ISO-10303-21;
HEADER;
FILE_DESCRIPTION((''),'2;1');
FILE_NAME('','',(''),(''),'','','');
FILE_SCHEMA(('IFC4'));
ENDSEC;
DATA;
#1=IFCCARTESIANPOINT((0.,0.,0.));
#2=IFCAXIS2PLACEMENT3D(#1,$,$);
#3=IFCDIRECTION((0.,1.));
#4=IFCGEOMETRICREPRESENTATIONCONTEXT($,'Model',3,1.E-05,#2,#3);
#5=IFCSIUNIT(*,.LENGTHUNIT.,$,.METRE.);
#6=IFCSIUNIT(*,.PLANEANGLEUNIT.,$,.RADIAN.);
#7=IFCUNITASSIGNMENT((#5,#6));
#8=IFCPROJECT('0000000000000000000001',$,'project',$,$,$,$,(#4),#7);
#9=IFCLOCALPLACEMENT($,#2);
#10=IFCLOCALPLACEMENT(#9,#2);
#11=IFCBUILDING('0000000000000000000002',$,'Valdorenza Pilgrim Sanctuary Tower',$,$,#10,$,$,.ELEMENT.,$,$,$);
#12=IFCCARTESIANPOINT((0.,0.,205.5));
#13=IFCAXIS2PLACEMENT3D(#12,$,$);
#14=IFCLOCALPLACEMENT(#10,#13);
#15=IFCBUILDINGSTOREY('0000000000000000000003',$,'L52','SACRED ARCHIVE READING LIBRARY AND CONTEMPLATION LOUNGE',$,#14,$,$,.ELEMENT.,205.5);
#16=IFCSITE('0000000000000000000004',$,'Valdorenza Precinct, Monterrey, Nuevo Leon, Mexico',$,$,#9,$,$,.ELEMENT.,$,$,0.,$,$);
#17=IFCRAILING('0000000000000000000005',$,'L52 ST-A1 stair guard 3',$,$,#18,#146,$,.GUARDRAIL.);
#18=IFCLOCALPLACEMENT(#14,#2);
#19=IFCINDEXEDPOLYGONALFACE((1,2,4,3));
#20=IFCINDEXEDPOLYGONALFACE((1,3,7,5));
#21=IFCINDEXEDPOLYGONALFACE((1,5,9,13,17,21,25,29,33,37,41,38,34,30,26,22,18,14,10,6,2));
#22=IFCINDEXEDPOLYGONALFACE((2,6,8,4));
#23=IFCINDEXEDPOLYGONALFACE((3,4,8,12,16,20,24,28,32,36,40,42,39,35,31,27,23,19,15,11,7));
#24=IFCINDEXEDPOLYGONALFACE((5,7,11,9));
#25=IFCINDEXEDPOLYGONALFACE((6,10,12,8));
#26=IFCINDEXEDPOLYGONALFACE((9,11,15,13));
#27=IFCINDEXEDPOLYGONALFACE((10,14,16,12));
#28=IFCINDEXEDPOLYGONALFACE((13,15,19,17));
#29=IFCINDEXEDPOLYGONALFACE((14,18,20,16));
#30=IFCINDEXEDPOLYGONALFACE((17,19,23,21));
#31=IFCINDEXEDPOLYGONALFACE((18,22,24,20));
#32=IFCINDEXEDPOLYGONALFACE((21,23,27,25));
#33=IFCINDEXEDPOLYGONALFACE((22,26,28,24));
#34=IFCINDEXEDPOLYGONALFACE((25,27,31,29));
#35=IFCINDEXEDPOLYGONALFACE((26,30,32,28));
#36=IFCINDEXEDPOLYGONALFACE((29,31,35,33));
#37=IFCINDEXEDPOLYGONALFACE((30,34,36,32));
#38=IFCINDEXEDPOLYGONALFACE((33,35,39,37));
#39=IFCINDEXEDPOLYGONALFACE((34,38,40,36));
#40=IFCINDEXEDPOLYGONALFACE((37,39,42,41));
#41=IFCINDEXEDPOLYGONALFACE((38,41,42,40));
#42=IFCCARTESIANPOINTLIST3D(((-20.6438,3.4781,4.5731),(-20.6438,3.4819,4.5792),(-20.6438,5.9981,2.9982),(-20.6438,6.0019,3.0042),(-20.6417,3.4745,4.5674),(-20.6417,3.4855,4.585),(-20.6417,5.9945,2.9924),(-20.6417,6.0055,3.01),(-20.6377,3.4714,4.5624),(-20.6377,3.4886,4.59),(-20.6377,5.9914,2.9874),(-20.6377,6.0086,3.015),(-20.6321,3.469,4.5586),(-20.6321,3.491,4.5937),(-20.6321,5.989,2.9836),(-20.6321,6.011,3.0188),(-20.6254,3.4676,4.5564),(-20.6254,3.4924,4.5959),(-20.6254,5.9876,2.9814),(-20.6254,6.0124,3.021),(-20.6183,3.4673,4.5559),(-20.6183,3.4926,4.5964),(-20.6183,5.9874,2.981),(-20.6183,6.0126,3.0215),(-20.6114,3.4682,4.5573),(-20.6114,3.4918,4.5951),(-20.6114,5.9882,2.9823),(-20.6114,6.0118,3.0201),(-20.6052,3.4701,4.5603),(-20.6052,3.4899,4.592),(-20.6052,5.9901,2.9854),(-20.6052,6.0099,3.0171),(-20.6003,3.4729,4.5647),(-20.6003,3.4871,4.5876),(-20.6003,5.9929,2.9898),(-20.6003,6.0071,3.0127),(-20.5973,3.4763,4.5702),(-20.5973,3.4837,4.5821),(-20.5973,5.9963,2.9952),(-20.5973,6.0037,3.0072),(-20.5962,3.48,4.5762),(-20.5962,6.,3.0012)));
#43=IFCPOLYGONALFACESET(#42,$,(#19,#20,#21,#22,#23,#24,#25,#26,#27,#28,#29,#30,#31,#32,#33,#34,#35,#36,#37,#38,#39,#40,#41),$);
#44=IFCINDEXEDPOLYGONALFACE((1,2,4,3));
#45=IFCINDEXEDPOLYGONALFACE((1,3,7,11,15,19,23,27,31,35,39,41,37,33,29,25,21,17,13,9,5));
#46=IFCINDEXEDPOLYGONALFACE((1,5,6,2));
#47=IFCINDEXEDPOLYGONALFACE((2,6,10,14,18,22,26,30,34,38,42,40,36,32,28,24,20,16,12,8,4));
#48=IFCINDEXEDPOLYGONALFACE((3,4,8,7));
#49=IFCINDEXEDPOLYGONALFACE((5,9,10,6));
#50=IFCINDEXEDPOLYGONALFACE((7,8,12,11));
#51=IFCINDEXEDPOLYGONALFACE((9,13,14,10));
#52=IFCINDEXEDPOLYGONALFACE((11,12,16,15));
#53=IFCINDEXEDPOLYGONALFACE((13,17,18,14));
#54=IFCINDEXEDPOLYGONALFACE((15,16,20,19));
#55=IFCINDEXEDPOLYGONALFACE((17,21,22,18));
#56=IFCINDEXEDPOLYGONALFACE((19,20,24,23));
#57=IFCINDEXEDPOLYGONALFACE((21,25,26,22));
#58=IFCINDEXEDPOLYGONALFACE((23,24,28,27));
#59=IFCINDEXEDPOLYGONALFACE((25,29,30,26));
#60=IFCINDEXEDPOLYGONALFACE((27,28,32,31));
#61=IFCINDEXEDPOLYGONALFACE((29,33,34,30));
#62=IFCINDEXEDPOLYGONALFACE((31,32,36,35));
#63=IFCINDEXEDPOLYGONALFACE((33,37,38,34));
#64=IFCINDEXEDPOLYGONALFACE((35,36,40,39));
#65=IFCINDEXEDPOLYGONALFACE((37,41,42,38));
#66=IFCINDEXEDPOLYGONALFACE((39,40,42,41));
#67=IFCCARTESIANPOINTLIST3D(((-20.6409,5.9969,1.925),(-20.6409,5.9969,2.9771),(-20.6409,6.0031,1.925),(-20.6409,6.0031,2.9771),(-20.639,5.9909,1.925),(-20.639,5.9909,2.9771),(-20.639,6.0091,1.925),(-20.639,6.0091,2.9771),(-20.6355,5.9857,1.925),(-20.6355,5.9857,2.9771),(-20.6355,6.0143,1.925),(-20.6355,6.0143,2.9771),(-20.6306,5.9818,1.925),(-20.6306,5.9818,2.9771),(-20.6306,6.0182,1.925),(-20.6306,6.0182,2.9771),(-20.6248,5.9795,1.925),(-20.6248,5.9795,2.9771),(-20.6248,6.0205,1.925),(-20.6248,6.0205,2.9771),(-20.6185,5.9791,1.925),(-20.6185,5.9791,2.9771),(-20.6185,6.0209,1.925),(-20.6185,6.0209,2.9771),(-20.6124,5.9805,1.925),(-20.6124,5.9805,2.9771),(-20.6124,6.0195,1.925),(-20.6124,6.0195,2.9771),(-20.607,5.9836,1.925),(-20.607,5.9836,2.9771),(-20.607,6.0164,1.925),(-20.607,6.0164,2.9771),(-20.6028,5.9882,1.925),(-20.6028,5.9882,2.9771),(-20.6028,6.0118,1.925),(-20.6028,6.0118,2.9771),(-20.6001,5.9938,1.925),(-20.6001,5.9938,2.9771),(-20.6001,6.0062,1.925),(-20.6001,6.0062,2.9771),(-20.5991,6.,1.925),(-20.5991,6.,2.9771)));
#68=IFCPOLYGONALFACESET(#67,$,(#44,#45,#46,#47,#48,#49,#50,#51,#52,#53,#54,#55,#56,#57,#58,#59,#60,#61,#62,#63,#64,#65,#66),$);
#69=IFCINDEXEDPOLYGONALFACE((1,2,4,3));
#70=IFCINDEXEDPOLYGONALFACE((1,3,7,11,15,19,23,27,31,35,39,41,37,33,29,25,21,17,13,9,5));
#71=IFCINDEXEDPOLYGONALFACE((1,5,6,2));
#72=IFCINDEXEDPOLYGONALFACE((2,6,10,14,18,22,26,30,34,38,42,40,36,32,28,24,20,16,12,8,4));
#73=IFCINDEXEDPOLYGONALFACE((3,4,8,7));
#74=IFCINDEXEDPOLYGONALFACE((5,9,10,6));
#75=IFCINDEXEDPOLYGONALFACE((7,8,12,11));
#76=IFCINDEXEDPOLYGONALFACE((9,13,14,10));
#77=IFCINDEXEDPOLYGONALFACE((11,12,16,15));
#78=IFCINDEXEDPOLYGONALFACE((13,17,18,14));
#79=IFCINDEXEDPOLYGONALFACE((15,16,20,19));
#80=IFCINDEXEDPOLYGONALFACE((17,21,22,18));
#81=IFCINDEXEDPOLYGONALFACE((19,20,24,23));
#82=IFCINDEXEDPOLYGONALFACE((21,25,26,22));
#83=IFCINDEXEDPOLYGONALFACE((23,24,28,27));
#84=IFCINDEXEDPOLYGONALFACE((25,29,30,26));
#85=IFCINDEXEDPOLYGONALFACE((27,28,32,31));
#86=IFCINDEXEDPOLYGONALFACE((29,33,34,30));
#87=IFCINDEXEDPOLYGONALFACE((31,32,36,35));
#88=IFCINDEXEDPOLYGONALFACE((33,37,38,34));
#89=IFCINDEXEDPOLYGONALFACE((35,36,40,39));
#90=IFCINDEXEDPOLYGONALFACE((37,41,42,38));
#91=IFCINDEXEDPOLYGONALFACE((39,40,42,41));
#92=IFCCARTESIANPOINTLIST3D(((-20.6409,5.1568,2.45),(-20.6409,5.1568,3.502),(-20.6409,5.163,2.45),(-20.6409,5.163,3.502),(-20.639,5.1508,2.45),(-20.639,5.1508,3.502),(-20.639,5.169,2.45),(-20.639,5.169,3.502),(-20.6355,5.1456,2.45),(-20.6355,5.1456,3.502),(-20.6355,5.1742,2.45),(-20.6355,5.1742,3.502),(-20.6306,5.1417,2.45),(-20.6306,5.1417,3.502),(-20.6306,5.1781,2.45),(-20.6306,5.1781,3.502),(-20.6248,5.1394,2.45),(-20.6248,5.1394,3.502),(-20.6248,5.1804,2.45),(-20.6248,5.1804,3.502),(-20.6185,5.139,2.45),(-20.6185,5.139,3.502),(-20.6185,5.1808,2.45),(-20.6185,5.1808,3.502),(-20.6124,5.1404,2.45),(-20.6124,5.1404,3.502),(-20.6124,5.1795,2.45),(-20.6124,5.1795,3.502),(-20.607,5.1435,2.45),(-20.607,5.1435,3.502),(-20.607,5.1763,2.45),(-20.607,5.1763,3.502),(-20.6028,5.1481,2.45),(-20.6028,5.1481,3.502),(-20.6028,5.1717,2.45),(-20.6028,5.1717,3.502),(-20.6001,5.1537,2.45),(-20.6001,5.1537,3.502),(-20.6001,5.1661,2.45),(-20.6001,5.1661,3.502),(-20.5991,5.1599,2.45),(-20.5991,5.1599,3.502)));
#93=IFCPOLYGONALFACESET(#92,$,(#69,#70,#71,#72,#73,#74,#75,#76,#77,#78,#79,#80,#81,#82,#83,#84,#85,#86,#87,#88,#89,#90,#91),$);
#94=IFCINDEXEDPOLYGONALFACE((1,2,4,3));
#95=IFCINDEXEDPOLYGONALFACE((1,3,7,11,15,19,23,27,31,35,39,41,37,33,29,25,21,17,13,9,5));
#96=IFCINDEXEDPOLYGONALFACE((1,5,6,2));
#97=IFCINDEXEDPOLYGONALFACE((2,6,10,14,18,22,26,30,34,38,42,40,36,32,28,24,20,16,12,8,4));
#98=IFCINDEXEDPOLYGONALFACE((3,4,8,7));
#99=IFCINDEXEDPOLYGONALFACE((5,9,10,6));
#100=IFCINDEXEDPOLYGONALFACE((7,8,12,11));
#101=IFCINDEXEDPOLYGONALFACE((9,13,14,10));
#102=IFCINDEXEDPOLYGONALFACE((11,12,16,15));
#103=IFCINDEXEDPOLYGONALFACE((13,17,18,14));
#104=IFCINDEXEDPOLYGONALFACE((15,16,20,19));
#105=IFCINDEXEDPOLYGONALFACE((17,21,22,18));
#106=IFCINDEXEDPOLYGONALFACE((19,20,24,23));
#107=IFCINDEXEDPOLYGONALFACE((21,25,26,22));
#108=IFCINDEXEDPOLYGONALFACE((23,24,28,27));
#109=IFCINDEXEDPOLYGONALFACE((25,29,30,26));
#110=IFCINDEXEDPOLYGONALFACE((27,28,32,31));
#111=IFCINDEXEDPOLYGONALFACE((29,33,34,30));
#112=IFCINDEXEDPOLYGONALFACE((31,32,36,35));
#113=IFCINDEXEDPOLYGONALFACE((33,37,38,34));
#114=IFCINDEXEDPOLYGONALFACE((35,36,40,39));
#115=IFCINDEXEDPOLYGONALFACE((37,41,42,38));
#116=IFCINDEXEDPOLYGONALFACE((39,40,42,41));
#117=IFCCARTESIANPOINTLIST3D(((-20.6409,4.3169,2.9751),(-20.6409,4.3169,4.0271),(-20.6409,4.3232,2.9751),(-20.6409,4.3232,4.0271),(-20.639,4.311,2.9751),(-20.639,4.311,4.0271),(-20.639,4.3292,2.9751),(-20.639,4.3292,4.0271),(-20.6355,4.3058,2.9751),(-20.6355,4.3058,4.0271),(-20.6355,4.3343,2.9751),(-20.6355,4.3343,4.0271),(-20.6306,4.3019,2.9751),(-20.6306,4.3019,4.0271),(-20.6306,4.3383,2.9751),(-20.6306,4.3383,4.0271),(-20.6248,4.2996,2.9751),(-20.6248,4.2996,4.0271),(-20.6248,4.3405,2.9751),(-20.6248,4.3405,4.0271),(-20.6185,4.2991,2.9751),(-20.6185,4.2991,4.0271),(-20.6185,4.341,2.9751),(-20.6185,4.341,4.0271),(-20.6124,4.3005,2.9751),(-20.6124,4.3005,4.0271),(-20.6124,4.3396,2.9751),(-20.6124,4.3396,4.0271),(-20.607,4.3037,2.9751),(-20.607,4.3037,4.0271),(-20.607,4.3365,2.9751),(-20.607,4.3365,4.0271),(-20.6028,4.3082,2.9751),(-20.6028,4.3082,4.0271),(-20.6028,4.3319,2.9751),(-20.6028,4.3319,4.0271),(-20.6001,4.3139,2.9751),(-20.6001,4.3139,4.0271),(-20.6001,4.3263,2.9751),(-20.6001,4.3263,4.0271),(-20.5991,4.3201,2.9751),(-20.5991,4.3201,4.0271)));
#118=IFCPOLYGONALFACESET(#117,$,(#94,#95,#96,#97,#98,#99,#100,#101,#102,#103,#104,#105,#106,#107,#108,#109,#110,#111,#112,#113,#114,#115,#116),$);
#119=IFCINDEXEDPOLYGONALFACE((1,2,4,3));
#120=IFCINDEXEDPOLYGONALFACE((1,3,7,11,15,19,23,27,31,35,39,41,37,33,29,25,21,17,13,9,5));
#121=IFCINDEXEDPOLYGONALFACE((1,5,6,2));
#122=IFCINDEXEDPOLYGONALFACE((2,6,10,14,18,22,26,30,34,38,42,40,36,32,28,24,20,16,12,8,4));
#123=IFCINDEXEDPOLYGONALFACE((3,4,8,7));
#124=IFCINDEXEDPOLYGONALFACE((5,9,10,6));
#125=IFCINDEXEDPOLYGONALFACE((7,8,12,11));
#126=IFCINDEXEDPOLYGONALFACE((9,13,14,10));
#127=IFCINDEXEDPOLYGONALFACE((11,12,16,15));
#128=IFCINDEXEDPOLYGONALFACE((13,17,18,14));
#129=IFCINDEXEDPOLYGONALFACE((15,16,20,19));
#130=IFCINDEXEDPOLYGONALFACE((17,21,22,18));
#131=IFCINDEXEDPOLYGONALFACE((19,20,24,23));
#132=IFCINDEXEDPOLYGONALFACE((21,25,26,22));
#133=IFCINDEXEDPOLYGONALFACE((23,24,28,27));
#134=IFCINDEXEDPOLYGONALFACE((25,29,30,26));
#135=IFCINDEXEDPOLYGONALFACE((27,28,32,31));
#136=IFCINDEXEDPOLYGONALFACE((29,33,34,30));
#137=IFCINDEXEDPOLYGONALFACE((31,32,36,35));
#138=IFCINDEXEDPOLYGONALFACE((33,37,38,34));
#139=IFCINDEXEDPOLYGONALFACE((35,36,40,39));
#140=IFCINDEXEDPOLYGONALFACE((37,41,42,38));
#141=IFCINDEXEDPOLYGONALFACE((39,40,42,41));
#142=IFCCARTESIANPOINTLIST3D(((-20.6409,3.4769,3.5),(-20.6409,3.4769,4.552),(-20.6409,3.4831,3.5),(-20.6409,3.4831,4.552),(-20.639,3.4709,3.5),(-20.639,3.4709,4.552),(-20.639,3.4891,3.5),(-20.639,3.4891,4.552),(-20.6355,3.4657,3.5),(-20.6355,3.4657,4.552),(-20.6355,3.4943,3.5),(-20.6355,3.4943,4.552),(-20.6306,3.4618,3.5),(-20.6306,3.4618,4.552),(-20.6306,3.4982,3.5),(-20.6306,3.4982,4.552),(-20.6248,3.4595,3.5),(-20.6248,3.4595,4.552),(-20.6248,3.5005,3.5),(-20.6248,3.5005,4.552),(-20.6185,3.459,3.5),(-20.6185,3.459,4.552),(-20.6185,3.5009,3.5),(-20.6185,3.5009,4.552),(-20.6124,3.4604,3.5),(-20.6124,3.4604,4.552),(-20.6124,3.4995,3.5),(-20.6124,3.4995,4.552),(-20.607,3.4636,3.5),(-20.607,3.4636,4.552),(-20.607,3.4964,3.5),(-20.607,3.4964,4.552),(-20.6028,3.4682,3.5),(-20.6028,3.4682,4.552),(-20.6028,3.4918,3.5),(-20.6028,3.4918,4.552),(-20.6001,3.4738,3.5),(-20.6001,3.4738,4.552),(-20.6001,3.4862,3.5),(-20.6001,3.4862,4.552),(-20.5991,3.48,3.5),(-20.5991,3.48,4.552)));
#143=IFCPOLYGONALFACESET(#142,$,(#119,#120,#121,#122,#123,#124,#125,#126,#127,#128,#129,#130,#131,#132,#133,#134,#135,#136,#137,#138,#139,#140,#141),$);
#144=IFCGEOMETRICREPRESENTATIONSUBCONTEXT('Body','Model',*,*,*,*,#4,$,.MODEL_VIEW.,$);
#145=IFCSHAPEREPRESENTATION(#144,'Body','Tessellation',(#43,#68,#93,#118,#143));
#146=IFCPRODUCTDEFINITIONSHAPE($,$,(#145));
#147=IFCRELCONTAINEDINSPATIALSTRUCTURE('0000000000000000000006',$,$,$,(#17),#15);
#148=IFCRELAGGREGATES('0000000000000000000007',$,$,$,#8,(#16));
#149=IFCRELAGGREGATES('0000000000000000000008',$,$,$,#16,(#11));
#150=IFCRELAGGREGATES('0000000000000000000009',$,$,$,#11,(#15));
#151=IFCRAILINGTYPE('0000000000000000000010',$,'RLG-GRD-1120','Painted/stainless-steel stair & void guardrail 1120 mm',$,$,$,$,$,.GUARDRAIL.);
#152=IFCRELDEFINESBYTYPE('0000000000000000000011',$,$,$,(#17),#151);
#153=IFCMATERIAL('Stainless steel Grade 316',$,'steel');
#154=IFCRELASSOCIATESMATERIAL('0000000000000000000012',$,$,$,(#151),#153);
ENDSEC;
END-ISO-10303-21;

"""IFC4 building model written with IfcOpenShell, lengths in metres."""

from ifc_helpers import new_model, si_unit, direction, frame, origin, origin_2d, place, context, subcontext, project, spatial, circle, extrude, material, type_object, element, save


model = new_model("IFC4")

# Units and contexts
model_context = context("Model", 3, precision=1e-05, world=origin(), true_north=direction((0.0, 1.0)))
body_context = subcontext(model_context, "Body", "Model", "MODEL_VIEW")
ifc_project = project(units=[si_unit("LENGTHUNIT", "METRE"), si_unit("PLANEANGLEUNIT", "RADIAN")], contexts=[model_context])

# Site, building, storey
site_placement = place(None, origin())
site = spatial("IfcSite", under=ifc_project, at=site_placement, Name="Valdorenza Precinct, Monterrey, Nuevo Leon, Mexico", CompositionType="ELEMENT", RefElevation=0.0)
building_placement = place(site_placement, origin())
building = spatial("IfcBuilding", under=site, at=building_placement, Name="Valdorenza Pilgrim Sanctuary Tower", CompositionType="ELEMENT")
storey_placement = place(building_placement, frame((0.0, 0.0, 205.5)))
storey = spatial("IfcBuildingStorey", under=building, at=storey_placement, Name="L52", Description="SACRED ARCHIVE READING LIBRARY AND CONTEMPLATION LOUNGE", CompositionType="ELEMENT", Elevation=205.5)

# Railing
ifc_material_1 = material(Name="Stainless steel Grade 316", Category="steel")
railing_type_1 = type_object("IfcRailingType", Name="RLG-GRD-1120", Description="Painted/stainless-steel stair & void guardrail 1120 mm", PredefinedType="GUARDRAIL", material=ifc_material_1)
railing_1_placement = place(storey_placement, frame((-20.6201, 6.0, 1.925)))
element("IfcRailing", 1, at=railing_1_placement, inside=storey, type_object=railing_type_1, Name="L52 ST-A1 stair guard 3", PredefinedType="GUARDRAIL", context=body_context, shape_type="SweptSolid", body=[
    extrude(circle(Radius=0.0239, at=origin_2d()), frame((0.0, 0.0, 1.0762), z_axis=(0.0, -0.848008, 0.529984), x_axis=(1.0, 0.0, 0.0)), (0.0, 0.0, 1.0), 2.9717),
    extrude(circle(Radius=0.021, at=origin_2d()), origin(), (0.0, 0.0, 1.0), 1.052),
    extrude(circle(Radius=0.021, at=origin_2d()), frame((0.0, -0.8401, 0.5249)), (0.0, 0.0, 1.0), 1.052),
    extrude(circle(Radius=0.021, at=origin_2d()), frame((0.0, -1.6799, 1.05)), (0.0, 0.0, 1.0), 1.052),
    extrude(circle(Radius=0.021, at=origin_2d()), frame((0.0, -2.52, 1.575)), (0.0, 0.0, 1.0), 1.052),
])

save(model, "model.ifc")
